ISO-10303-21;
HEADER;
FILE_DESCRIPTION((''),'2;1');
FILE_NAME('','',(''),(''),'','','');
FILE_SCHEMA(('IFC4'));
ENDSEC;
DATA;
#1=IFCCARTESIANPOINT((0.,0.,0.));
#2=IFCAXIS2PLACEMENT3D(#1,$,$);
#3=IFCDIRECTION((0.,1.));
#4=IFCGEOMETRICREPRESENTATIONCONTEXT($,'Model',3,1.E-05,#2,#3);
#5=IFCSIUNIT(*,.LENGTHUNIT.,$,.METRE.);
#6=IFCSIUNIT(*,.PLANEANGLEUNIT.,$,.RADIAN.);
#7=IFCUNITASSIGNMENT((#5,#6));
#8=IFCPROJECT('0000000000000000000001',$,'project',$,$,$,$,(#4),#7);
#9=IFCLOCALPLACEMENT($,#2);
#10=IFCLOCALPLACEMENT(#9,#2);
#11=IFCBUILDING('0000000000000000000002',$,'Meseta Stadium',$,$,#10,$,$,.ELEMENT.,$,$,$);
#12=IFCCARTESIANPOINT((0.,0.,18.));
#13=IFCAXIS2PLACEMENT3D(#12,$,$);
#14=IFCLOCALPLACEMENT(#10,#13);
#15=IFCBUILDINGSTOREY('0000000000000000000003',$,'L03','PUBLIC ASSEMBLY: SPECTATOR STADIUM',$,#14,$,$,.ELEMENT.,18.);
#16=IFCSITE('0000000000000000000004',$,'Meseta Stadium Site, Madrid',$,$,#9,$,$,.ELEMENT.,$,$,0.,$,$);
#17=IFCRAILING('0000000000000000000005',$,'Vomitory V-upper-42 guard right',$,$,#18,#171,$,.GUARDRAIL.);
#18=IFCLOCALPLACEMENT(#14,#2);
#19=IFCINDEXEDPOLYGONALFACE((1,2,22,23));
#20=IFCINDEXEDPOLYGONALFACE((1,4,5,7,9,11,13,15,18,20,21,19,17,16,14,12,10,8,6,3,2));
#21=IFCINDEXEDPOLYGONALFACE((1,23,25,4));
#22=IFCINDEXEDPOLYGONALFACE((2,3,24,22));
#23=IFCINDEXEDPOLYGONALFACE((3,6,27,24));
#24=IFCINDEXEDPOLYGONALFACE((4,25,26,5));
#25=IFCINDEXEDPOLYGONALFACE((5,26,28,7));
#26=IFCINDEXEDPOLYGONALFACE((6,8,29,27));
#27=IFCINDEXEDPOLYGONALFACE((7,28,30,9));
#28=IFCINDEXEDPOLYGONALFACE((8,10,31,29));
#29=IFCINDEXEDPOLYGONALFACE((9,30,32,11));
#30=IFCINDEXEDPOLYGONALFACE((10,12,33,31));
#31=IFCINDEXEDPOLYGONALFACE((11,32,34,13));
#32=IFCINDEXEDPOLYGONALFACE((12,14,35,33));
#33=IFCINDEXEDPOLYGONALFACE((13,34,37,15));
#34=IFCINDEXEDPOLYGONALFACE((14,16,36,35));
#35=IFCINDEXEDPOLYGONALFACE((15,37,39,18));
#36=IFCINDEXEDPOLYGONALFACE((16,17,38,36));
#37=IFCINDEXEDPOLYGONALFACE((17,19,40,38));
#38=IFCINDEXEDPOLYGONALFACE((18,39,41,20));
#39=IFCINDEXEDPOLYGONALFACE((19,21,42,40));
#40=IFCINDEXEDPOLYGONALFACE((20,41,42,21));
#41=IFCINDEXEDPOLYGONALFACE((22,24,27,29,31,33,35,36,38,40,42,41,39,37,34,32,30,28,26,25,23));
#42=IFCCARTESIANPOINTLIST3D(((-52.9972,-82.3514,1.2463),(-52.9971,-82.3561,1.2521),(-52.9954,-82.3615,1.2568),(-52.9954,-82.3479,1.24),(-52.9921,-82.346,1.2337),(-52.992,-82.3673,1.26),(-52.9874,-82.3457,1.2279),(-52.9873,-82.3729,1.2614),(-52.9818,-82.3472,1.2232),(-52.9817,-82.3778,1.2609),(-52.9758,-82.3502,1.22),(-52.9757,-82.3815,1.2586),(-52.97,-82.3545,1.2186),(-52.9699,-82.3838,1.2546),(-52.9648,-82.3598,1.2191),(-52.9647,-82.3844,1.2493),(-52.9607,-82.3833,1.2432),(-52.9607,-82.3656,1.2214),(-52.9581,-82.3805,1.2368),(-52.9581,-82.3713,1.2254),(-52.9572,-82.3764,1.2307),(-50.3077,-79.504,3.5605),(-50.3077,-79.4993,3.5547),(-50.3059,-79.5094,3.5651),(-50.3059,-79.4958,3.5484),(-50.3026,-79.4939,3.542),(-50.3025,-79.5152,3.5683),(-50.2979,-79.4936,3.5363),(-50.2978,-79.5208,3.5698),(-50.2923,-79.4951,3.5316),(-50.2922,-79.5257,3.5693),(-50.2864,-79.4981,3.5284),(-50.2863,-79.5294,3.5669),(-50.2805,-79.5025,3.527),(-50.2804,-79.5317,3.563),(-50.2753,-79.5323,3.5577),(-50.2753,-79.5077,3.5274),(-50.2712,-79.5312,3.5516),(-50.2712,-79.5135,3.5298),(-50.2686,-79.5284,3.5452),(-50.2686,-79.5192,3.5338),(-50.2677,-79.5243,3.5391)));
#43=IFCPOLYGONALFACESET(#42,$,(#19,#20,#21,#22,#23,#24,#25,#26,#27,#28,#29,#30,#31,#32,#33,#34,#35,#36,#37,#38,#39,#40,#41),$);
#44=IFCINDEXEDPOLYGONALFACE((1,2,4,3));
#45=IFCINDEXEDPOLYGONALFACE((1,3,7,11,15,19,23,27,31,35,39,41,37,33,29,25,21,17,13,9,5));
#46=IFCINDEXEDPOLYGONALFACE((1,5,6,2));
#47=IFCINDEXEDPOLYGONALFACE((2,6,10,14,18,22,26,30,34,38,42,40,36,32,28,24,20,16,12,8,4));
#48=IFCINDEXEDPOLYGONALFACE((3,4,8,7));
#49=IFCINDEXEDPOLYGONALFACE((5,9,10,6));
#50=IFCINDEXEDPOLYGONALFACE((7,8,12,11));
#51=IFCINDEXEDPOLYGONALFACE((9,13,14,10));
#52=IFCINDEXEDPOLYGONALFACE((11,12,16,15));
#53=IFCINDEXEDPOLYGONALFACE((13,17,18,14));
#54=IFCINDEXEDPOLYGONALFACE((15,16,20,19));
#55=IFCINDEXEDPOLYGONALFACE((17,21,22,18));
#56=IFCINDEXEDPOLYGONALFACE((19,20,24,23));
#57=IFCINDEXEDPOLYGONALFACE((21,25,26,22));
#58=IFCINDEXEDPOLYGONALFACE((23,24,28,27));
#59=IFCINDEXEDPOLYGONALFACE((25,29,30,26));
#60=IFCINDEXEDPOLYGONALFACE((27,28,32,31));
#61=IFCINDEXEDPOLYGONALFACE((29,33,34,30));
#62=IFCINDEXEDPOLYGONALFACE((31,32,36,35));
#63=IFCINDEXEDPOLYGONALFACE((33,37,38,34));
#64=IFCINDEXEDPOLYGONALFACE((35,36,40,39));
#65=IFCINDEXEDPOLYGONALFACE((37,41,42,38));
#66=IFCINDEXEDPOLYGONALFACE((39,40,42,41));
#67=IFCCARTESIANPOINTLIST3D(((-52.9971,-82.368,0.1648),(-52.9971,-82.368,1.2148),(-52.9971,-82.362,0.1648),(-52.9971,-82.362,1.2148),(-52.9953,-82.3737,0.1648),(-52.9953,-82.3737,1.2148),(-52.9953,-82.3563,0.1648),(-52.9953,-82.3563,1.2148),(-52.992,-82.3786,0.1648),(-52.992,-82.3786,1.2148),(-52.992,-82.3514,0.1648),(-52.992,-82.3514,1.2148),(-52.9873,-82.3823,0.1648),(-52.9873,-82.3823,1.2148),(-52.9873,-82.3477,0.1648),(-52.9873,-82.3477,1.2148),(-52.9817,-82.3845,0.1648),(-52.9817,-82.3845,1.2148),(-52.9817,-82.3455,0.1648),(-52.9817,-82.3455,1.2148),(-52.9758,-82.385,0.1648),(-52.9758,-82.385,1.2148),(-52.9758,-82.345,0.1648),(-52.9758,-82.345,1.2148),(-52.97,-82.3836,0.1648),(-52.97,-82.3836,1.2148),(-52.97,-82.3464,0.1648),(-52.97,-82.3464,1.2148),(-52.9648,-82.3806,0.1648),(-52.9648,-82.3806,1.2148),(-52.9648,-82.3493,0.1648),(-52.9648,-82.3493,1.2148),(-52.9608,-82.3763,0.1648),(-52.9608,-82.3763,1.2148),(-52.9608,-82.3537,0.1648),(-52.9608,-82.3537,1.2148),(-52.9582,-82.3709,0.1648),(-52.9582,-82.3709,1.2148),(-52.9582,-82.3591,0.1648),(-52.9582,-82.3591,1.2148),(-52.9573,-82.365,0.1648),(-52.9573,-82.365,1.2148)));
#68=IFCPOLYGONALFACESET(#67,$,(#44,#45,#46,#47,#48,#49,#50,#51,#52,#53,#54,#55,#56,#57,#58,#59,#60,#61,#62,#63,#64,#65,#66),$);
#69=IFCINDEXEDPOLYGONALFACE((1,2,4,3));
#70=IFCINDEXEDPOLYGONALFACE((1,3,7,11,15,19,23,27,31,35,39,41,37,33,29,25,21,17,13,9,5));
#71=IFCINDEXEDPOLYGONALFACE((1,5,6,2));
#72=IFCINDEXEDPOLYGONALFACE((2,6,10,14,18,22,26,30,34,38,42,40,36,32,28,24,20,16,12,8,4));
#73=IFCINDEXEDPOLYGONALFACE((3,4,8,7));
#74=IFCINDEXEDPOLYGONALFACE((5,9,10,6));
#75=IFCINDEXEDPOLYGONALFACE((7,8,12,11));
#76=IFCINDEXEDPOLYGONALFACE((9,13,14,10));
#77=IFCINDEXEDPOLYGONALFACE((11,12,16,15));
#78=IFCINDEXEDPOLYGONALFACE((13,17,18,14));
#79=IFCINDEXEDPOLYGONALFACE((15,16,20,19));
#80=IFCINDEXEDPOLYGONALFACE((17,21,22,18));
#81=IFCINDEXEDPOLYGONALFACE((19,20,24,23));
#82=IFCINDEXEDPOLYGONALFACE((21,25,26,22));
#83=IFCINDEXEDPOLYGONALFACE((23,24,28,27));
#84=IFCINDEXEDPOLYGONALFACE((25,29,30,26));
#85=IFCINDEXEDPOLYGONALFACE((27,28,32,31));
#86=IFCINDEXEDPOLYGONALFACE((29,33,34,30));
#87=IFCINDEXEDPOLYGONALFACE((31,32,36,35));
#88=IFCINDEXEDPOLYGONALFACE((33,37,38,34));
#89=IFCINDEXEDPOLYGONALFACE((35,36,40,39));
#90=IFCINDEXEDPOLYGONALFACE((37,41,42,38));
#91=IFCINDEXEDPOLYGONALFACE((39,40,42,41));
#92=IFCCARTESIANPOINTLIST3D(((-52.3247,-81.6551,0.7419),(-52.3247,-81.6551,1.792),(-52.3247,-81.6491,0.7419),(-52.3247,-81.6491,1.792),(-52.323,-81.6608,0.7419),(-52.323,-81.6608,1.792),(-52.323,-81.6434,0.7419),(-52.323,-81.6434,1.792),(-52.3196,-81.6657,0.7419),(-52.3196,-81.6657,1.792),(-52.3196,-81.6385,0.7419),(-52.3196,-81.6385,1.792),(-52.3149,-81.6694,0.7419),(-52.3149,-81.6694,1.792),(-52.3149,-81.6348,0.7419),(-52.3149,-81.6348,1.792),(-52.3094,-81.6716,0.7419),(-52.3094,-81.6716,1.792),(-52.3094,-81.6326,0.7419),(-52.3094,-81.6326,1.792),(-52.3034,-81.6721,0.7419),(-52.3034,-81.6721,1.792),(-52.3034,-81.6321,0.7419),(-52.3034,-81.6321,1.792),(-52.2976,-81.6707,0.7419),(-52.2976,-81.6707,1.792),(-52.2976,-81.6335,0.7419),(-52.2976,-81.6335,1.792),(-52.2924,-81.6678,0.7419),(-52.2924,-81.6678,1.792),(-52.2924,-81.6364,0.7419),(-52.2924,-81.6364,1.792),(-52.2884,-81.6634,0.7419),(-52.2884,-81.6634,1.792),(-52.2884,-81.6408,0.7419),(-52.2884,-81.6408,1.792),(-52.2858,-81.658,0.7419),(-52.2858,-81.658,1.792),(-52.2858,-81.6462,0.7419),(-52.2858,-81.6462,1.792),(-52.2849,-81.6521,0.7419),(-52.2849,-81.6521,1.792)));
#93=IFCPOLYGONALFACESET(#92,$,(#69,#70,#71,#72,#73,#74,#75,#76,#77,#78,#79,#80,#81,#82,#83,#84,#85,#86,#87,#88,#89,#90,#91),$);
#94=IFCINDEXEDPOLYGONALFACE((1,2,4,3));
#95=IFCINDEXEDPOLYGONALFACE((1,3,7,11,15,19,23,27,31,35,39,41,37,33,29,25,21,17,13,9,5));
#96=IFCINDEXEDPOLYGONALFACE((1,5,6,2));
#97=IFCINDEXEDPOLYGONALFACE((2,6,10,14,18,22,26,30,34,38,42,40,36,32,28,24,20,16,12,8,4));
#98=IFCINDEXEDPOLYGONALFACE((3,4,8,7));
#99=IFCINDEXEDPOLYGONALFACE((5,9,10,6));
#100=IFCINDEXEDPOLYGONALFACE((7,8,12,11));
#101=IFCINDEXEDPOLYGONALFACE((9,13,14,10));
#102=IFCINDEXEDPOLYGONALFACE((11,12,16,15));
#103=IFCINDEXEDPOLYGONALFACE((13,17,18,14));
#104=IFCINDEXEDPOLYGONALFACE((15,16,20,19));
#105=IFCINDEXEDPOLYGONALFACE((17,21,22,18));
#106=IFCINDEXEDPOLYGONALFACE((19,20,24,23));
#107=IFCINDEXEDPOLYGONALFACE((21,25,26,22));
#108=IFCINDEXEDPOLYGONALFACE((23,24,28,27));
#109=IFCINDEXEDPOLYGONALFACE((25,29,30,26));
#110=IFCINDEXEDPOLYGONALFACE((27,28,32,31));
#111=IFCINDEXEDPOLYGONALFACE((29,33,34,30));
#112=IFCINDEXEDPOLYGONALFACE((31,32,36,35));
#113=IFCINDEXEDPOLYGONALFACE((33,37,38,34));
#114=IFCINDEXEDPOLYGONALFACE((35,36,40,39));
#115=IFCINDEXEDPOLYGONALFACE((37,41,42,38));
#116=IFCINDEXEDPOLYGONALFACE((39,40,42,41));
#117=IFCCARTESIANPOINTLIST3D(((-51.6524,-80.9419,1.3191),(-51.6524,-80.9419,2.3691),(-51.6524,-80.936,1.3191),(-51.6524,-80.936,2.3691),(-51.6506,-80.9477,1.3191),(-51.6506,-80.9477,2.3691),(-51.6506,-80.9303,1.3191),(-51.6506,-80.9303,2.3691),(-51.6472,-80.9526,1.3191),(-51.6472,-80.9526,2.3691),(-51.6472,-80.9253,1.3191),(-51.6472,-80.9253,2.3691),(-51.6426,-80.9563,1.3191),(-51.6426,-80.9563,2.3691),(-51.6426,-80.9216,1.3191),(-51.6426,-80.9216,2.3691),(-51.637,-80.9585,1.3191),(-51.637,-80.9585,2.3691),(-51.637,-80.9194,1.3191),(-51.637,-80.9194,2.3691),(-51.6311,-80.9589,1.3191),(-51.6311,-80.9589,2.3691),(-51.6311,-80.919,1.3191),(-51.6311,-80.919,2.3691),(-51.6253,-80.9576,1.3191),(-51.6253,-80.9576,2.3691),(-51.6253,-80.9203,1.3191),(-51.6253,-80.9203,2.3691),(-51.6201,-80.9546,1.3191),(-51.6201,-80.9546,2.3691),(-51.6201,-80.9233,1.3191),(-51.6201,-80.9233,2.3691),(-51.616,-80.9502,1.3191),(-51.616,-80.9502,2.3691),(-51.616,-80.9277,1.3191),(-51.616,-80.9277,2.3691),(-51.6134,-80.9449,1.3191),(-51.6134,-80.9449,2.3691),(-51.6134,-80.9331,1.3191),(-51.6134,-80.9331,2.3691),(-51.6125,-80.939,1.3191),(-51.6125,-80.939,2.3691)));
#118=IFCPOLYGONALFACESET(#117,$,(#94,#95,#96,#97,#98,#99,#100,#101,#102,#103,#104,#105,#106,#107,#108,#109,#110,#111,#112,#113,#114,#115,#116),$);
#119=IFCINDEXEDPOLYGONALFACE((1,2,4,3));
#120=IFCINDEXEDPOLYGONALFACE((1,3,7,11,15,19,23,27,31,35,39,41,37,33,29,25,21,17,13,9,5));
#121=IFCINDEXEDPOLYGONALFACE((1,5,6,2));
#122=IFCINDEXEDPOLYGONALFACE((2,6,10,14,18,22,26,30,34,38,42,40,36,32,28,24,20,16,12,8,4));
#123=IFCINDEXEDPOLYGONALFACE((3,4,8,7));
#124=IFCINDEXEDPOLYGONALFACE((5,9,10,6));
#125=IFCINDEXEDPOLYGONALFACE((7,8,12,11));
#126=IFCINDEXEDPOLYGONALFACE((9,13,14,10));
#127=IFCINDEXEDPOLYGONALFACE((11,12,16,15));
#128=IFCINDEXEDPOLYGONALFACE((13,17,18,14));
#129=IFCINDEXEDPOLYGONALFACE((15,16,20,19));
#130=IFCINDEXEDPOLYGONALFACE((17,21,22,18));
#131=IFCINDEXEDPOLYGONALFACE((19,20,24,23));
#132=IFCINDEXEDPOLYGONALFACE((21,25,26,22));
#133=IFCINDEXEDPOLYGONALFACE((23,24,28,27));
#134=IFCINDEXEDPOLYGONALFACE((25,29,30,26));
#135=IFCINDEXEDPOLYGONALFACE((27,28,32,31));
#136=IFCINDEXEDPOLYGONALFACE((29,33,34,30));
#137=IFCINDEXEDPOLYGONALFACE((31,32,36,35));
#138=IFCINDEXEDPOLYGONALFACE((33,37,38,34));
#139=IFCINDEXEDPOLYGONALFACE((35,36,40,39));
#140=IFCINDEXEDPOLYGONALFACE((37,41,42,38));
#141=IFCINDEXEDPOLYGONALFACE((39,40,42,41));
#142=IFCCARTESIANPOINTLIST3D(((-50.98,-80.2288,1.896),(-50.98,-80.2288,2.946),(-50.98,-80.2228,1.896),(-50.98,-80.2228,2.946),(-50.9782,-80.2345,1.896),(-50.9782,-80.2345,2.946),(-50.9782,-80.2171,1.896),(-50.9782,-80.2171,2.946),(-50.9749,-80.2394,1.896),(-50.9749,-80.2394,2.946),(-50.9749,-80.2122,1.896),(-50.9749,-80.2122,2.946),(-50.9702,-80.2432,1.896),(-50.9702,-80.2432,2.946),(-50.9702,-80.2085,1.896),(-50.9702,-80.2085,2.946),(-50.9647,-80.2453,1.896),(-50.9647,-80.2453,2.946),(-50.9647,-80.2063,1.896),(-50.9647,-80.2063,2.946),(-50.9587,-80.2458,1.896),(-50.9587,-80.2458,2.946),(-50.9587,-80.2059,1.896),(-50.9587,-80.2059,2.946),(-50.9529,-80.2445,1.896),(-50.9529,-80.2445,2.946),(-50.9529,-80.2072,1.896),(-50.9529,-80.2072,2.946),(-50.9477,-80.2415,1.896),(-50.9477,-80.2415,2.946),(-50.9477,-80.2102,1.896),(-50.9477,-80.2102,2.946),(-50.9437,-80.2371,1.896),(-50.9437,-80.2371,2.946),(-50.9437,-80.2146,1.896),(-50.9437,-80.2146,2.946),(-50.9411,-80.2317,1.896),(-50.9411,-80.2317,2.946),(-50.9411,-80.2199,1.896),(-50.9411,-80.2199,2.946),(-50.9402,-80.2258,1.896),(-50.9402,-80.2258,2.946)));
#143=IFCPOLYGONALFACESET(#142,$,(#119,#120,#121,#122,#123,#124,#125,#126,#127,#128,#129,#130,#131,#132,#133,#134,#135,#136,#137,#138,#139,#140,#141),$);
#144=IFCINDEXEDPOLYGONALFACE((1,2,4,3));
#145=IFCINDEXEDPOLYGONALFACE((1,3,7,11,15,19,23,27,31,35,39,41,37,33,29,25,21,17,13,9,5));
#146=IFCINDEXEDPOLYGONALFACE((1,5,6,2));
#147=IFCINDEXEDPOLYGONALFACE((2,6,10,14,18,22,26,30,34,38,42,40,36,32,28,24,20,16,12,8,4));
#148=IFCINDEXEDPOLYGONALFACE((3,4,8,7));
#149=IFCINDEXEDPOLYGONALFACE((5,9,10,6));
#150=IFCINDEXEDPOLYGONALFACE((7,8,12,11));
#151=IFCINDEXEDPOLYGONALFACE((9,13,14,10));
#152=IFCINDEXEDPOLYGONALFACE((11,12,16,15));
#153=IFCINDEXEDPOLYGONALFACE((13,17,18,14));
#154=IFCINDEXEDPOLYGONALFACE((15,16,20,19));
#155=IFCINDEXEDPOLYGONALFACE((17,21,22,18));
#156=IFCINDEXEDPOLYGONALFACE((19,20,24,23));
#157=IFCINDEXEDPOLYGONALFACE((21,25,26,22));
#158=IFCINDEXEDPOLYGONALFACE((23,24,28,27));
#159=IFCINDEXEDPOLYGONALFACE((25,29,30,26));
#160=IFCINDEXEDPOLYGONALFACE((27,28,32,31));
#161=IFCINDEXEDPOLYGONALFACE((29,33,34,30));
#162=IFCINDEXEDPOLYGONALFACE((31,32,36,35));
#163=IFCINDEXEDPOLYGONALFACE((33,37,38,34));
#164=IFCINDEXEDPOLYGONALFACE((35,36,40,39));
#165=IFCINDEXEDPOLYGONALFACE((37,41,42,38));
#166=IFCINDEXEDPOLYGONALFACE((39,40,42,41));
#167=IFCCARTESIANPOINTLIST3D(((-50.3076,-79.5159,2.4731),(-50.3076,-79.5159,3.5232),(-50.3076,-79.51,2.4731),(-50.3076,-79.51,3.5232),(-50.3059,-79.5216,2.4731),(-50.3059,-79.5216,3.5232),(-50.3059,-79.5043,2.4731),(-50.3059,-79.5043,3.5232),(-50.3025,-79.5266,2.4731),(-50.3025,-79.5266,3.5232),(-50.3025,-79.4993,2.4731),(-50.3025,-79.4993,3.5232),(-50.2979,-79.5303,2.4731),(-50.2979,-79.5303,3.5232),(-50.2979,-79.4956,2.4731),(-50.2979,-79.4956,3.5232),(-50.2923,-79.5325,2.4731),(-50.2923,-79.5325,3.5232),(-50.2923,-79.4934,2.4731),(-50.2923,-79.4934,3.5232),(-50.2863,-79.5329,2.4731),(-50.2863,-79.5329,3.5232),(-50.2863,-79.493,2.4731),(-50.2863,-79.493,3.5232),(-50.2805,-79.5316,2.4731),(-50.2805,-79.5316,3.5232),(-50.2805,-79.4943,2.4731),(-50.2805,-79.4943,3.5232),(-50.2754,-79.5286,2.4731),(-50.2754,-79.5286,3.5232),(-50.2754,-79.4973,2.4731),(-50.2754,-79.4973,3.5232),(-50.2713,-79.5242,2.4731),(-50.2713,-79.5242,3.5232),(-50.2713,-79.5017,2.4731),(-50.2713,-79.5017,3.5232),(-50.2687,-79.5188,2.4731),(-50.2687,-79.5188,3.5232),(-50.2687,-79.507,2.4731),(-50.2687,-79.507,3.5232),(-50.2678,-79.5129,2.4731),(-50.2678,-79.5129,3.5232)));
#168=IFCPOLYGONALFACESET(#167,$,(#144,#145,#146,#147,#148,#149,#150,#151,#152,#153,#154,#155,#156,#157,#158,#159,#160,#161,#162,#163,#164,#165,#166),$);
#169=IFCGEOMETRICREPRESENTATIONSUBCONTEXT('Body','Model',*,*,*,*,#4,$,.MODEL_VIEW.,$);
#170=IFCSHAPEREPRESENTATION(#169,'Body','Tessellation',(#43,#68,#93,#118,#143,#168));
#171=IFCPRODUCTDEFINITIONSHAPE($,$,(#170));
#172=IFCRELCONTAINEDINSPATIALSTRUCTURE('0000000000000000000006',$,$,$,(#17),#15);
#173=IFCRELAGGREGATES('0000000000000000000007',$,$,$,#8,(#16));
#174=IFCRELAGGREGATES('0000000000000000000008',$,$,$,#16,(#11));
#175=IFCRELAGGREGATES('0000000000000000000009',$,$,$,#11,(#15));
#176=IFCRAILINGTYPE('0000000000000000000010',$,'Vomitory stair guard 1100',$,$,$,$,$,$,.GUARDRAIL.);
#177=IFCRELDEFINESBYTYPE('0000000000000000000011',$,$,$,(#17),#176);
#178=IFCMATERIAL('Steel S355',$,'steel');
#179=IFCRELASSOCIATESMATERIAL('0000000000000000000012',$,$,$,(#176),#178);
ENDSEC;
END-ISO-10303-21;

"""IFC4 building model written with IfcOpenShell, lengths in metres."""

from ifc_helpers import new_model, si_unit, direction, frame, origin, origin_2d, place, context, subcontext, project, spatial, circle, extrude, material, type_object, element, save


model = new_model("IFC4")

# Units and contexts
model_context = context("Model", 3, precision=1e-05, world=origin(), true_north=direction((0.0, 1.0)))
body_context = subcontext(model_context, "Body", "Model", "MODEL_VIEW")
ifc_project = project(units=[si_unit("LENGTHUNIT", "METRE"), si_unit("PLANEANGLEUNIT", "RADIAN")], contexts=[model_context])

# Site, building, storey
site_placement = place(None, origin())
site = spatial("IfcSite", under=ifc_project, at=site_placement, Name="Meseta Stadium Site, Madrid", CompositionType="ELEMENT", RefElevation=0.0)
building_placement = place(site_placement, origin())
building = spatial("IfcBuilding", under=site, at=building_placement, Name="Meseta Stadium", CompositionType="ELEMENT")
storey_placement = place(building_placement, frame((0.0, 0.0, 18.0)))
storey = spatial("IfcBuildingStorey", under=building, at=storey_placement, Name="L03", Description="PUBLIC ASSEMBLY: SPECTATOR STADIUM", CompositionType="ELEMENT", Elevation=18.0)

# Railing
ifc_material_1 = material(Name="Steel S355", Category="steel")
railing_type_1 = type_object("IfcRailingType", Name="Vomitory stair guard 1100", PredefinedType="GUARDRAIL", material=ifc_material_1)
for number, where, name in (
    (1, (-52.9773, -82.365, 0.1648), "Vomitory V-upper-42 guard right"),
):
    element("IfcRailing", number, at=place(storey_placement, frame(where)), inside=storey, type_object=railing_type_1, Name=name, PredefinedType="GUARDRAIL", context=body_context, shape_type="SweptSolid", body=[
        extrude(circle(Radius=0.0249, at=origin_2d()), frame((0.0, 0.0, 1.0752), z_axis=(0.591184, 0.626925, 0.507411), x_axis=(-0.727541, 0.686064, 0.0)), (0.0, 0.0, 1.0), 4.5493),
        extrude(circle(Radius=0.02, at=origin_2d()), origin(), (0.0, 0.0, 1.0), 1.05),
        extrude(circle(Radius=0.02, at=origin_2d()), frame((0.6724, 0.7129, 0.5771)), (0.0, 0.0, 1.0), 1.05),
        extrude(circle(Radius=0.02, at=origin_2d()), frame((1.3447, 1.426, 1.1543)), (0.0, 0.0, 1.0), 1.05),
        extrude(circle(Radius=0.02, at=origin_2d()), frame((2.0171, 2.1392, 1.7312)), (0.0, 0.0, 1.0), 1.05),
        extrude(circle(Radius=0.02, at=origin_2d()), frame((2.6895, 2.8521, 2.3083)), (0.0, 0.0, 1.0), 1.05),
    ])

save(model, "model.ifc")
